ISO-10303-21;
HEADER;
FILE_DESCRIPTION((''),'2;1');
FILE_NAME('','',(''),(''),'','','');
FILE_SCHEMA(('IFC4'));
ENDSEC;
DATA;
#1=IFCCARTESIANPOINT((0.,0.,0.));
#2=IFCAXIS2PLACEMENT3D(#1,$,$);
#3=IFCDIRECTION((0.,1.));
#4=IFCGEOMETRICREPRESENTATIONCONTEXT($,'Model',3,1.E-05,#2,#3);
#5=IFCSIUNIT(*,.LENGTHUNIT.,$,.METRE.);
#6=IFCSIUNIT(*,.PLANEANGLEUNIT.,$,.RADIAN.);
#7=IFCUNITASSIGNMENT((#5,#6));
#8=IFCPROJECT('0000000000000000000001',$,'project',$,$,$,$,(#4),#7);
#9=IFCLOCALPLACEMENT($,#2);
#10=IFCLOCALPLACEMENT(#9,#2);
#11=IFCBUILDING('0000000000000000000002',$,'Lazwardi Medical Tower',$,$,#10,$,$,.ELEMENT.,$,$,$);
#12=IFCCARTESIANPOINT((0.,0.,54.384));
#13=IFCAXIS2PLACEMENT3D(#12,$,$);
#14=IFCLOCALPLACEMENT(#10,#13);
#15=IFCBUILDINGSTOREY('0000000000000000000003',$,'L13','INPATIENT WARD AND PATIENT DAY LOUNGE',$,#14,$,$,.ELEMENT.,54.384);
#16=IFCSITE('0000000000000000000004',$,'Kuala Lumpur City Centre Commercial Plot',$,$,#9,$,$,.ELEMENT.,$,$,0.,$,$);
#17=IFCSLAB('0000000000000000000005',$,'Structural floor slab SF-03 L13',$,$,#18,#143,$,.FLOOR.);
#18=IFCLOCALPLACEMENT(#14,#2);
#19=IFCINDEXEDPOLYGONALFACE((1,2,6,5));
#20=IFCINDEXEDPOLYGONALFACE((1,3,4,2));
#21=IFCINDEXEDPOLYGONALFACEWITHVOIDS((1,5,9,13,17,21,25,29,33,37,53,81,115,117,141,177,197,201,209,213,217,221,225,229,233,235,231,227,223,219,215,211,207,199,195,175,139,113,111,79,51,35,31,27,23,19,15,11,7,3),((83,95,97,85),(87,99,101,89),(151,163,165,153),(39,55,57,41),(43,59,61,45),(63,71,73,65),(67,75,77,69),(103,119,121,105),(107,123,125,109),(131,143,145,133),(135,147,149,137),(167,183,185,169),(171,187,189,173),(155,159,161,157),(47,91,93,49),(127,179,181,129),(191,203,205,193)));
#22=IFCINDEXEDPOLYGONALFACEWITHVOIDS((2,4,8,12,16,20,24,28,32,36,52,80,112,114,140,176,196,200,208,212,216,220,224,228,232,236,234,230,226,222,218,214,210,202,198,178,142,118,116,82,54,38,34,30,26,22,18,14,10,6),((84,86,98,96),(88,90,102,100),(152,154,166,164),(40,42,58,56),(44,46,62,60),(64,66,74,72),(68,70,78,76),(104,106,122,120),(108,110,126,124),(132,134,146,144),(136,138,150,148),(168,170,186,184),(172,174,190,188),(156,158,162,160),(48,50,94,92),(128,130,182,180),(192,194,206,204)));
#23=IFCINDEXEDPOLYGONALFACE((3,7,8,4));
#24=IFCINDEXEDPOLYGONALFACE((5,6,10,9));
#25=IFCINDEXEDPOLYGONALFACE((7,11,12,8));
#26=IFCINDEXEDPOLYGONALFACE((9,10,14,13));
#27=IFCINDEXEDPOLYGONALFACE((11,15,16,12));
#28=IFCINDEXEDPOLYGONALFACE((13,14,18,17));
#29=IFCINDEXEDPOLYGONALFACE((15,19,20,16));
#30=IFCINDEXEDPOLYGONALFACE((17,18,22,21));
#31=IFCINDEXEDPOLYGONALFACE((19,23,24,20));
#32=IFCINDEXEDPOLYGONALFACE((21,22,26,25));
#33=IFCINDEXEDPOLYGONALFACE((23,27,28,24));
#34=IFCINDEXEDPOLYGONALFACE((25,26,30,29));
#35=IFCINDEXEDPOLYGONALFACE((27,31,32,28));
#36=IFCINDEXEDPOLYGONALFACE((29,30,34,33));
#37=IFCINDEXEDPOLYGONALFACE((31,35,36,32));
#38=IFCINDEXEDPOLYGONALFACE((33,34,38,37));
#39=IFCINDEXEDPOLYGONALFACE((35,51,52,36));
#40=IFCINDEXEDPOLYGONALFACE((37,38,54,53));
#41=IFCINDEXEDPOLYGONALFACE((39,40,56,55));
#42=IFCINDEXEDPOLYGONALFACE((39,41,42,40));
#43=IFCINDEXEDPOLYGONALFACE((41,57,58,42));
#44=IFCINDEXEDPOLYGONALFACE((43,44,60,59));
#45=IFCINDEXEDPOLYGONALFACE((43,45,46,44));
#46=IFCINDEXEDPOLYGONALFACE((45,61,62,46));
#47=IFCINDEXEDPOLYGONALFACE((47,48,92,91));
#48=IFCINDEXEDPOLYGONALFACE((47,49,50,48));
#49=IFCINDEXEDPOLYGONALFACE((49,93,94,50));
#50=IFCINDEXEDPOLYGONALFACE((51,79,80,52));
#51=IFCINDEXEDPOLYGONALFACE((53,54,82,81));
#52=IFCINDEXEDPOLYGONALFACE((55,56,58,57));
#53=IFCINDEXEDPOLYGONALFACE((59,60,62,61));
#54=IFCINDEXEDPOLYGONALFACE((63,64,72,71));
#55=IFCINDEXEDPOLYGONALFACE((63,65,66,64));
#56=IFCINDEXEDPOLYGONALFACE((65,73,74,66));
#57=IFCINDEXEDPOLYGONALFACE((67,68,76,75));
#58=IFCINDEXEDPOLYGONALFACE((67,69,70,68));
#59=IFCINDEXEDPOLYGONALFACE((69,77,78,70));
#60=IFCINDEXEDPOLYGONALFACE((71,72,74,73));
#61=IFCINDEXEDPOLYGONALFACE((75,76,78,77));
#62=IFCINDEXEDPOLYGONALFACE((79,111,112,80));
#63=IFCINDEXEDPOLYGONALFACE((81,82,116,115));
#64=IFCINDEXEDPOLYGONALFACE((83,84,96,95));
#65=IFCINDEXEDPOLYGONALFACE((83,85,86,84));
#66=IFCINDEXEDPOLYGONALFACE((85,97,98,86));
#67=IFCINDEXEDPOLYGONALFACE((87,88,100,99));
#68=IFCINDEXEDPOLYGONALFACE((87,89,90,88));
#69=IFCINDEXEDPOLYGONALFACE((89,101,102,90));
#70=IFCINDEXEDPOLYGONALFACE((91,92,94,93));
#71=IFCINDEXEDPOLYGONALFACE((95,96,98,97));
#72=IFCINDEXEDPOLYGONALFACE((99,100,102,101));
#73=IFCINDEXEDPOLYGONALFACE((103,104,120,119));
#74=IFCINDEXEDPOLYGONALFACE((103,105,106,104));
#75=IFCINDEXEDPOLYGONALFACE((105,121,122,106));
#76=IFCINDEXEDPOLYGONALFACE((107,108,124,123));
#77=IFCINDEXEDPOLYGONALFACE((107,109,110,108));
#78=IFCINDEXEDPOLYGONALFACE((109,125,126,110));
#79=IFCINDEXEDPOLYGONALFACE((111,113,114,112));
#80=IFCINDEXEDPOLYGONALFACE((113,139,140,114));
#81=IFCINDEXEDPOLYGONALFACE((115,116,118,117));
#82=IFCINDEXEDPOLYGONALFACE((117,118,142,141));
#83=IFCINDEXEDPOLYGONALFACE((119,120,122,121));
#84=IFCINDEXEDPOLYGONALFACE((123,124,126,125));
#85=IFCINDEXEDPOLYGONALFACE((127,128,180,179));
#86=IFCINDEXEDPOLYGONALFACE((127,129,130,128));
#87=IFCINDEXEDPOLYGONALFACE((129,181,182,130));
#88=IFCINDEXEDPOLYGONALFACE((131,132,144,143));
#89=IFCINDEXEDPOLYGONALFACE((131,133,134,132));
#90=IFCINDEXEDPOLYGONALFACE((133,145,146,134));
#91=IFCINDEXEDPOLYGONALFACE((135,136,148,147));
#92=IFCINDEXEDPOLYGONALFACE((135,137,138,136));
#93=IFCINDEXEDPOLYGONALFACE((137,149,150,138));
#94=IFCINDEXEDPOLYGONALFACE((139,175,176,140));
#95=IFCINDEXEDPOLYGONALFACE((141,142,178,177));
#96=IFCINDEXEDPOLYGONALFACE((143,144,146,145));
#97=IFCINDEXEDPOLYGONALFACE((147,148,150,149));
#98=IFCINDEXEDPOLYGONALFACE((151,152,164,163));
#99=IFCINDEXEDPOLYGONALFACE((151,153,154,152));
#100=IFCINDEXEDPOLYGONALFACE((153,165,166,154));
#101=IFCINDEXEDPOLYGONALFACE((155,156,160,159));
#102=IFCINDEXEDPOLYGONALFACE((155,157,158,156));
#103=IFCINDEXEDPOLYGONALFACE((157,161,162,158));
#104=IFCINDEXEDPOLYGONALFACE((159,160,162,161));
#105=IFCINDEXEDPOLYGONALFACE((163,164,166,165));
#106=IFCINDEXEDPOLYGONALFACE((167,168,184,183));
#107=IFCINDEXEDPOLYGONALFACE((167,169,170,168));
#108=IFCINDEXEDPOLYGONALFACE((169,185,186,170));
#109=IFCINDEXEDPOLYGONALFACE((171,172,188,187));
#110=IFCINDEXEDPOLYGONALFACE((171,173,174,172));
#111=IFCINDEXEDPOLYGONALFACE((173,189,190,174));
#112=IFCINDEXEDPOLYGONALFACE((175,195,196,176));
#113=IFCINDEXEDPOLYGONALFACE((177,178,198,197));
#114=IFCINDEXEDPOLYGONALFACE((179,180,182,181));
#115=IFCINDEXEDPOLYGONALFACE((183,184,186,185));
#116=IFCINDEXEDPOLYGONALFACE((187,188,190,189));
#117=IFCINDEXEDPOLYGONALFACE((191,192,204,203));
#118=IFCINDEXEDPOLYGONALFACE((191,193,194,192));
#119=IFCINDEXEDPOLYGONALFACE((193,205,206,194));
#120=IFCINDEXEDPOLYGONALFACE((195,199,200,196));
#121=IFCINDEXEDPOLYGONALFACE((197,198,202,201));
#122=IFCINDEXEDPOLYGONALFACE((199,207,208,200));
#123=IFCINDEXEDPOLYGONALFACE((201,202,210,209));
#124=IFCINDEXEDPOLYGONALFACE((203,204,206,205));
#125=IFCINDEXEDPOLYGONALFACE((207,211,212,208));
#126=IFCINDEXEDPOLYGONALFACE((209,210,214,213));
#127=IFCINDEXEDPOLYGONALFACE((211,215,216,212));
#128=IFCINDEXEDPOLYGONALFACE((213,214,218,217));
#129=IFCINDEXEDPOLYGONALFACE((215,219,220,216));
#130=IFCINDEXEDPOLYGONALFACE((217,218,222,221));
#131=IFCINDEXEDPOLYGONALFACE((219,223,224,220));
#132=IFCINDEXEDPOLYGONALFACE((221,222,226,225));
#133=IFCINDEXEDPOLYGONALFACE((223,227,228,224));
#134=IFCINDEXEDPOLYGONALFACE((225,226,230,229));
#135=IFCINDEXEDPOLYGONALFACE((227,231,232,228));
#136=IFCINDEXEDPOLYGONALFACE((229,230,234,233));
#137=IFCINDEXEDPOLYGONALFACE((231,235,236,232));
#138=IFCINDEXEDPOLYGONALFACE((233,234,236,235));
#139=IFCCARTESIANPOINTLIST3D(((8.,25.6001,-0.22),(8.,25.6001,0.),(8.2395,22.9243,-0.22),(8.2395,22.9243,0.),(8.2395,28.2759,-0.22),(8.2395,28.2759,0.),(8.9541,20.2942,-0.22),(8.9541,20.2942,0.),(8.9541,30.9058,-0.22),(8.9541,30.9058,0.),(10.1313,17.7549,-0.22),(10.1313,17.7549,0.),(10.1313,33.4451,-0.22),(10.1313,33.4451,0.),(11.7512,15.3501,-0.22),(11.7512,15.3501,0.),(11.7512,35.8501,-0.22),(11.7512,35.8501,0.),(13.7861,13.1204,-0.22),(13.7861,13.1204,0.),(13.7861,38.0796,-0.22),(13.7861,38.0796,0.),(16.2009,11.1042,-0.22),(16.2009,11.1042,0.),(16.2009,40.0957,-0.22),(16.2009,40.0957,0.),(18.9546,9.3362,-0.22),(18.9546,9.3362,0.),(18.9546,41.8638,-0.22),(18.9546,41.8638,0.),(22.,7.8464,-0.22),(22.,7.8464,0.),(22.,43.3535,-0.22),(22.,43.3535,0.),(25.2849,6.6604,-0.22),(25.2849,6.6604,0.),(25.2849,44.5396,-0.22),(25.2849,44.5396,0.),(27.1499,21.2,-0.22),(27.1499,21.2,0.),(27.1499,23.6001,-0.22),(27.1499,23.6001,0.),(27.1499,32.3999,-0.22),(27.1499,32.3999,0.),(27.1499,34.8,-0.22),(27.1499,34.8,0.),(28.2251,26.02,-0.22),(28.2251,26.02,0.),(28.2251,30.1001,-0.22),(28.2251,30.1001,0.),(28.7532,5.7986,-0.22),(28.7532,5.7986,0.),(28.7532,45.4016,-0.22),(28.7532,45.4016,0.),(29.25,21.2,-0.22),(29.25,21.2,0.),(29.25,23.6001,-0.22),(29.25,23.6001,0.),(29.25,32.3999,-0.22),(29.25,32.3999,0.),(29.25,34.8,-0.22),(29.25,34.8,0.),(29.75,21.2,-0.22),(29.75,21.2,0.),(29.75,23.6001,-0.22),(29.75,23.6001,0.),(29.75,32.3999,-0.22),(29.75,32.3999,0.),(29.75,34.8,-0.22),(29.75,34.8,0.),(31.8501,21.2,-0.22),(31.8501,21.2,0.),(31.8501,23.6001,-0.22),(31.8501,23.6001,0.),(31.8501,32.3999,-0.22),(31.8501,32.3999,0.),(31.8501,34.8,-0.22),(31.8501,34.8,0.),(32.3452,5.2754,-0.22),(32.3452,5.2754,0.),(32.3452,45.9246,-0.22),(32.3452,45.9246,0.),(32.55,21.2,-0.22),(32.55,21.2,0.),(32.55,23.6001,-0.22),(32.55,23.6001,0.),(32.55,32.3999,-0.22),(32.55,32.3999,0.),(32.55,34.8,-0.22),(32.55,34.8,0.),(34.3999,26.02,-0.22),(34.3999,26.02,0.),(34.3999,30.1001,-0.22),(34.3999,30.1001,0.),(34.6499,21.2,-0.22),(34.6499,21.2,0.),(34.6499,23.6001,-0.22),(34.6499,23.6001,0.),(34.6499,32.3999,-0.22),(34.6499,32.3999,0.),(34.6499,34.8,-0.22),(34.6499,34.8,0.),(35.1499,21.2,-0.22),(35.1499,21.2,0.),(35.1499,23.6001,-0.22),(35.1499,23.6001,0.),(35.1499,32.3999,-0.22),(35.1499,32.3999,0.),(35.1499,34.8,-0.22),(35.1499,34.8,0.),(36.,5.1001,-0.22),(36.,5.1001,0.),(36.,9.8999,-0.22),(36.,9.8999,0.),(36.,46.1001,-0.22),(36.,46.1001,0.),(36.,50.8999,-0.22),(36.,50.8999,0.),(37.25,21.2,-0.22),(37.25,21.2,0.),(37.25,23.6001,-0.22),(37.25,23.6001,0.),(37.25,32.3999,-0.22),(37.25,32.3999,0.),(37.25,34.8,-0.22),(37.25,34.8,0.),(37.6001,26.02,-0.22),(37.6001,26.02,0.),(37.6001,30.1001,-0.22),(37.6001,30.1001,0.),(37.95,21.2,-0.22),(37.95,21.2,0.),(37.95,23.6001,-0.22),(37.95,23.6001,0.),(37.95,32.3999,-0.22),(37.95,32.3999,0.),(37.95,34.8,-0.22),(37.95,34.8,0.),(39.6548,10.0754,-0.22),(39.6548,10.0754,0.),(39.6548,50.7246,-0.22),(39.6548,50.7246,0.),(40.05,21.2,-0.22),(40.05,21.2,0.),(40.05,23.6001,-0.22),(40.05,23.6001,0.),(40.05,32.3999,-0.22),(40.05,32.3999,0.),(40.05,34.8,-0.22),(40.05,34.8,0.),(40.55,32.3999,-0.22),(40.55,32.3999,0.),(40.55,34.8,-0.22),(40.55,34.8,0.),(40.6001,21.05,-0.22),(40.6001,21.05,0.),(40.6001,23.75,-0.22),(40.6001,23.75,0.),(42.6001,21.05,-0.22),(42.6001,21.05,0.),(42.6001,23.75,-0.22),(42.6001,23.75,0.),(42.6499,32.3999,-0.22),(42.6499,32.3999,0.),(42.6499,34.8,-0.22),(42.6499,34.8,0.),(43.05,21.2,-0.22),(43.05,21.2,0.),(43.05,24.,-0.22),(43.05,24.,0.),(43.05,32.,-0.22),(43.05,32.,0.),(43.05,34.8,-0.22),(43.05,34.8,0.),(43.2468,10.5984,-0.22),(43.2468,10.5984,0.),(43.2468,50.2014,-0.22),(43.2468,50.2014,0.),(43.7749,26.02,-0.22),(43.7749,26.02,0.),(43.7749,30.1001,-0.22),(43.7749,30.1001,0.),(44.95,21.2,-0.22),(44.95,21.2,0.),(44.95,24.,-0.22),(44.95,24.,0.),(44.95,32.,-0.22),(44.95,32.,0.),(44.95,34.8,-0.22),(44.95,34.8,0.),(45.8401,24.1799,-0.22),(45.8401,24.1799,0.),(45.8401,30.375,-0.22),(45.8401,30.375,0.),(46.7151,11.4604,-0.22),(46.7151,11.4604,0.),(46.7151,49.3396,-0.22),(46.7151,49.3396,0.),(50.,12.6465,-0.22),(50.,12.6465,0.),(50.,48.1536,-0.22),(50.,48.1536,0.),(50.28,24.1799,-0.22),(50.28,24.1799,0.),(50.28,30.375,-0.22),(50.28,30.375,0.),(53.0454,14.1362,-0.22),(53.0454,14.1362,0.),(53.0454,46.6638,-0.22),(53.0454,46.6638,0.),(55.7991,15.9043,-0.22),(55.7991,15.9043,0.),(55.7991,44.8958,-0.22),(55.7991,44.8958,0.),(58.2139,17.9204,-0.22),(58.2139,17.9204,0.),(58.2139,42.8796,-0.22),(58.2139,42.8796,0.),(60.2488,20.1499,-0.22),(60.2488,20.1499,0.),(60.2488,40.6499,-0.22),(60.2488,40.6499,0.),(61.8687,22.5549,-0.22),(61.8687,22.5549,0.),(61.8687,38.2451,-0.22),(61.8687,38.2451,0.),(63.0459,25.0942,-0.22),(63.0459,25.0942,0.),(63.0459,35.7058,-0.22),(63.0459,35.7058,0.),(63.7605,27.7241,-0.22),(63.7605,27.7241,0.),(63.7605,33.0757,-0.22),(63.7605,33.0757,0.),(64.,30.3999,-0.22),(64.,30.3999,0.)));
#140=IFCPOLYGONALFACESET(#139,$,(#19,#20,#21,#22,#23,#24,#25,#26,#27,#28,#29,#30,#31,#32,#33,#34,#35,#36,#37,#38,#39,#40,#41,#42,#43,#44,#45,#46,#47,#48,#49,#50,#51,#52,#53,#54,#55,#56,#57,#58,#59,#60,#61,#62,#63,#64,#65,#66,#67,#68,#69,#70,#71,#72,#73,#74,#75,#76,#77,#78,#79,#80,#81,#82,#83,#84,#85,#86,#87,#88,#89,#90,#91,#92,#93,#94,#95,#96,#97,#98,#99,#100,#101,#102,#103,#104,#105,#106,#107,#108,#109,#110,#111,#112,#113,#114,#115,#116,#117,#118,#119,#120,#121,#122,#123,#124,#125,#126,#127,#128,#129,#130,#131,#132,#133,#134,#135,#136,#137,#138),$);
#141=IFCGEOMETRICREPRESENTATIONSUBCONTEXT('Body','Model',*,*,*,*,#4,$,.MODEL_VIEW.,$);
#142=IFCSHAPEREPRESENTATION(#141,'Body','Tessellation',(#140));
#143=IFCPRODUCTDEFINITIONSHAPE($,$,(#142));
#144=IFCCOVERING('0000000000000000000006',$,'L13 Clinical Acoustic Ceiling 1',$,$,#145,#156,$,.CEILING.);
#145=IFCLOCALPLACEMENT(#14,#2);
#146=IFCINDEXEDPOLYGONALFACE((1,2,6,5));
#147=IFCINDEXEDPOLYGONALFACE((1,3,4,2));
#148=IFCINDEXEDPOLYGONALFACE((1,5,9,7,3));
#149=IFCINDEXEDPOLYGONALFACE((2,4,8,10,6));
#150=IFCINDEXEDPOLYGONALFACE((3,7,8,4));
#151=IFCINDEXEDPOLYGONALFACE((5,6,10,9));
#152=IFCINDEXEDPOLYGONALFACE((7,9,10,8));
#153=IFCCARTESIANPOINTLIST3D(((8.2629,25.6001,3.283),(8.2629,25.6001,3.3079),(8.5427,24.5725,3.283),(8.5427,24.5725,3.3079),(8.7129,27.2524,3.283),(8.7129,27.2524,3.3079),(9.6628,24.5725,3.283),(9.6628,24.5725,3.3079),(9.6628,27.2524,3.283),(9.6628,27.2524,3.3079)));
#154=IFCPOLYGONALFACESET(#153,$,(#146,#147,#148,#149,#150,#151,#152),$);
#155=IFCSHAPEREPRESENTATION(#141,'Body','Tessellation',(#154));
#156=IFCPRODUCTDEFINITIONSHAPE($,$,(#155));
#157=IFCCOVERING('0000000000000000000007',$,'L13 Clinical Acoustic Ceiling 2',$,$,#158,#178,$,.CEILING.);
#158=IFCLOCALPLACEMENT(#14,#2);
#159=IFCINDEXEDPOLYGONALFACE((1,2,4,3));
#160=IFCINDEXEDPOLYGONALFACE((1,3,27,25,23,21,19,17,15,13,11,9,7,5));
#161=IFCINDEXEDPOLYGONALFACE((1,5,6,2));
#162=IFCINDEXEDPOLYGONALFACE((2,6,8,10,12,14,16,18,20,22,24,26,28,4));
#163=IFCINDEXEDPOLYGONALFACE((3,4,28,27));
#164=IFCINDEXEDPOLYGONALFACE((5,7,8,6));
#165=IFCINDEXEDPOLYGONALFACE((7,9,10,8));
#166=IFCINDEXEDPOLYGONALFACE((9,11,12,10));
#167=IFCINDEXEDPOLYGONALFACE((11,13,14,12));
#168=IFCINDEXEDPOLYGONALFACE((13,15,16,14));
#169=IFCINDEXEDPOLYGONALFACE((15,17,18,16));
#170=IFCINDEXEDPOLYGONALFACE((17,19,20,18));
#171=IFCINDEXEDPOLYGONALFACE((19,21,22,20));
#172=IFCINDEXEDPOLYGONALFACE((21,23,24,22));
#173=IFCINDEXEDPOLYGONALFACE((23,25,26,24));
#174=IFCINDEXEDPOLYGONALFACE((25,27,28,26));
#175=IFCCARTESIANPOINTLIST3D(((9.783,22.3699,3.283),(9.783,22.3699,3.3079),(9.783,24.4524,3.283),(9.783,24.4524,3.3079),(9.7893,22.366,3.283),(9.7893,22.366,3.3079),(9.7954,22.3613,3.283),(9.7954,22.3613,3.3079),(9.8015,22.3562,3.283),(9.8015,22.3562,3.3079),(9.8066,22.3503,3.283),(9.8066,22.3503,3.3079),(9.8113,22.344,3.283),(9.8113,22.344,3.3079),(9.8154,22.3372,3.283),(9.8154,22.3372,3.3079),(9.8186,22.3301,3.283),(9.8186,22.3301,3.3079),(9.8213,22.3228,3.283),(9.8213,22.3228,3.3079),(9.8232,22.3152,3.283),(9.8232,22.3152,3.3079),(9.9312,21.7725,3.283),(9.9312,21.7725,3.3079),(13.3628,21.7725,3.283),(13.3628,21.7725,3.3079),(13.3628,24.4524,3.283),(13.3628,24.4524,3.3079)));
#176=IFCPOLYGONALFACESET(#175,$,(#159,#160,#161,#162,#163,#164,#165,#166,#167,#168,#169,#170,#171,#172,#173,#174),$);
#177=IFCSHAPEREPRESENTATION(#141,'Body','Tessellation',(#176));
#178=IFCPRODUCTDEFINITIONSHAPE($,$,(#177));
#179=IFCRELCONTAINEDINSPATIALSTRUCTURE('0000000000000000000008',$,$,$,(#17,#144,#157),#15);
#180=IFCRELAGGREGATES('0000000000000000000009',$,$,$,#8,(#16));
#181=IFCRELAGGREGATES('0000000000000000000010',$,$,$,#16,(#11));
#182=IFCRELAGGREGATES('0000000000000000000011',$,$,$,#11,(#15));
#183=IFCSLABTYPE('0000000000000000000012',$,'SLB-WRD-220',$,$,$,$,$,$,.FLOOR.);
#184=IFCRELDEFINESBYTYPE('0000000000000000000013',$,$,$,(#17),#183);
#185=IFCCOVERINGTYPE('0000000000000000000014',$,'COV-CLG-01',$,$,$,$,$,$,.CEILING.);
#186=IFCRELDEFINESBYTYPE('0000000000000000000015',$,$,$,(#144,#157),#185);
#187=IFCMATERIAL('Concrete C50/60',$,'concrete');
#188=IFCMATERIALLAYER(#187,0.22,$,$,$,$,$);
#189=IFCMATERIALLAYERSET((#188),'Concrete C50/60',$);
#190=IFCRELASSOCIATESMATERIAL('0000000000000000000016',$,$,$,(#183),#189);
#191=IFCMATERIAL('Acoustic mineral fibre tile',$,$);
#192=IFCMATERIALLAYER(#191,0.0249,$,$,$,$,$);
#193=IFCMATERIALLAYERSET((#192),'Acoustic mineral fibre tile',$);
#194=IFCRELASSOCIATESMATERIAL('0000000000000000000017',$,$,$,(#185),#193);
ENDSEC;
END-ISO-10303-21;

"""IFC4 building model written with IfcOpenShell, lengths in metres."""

from ifc_helpers import new_model, si_unit, direction, frame, origin, place, context, subcontext, project, spatial, polyline, outline, extrude, material, layer, layer_set, type_object, element, save


model = new_model("IFC4")

# Units and contexts
model_context = context("Model", 3, precision=1e-05, world=origin(), true_north=direction((0.0, 1.0)))
body_context = subcontext(model_context, "Body", "Model", "MODEL_VIEW")
ifc_project = project(units=[si_unit("LENGTHUNIT", "METRE"), si_unit("PLANEANGLEUNIT", "RADIAN")], contexts=[model_context])

# Site, building, storey
site_placement = place(None, origin())
site = spatial("IfcSite", under=ifc_project, at=site_placement, Name="Kuala Lumpur City Centre Commercial Plot", CompositionType="ELEMENT", RefElevation=0.0)
building_placement = place(site_placement, origin())
building = spatial("IfcBuilding", under=site, at=building_placement, Name="Lazwardi Medical Tower", CompositionType="ELEMENT")
storey_placement = place(building_placement, frame((0.0, 0.0, 54.384)))
storey = spatial("IfcBuildingStorey", under=building, at=storey_placement, Name="L13", Description="INPATIENT WARD AND PATIENT DAY LOUNGE", CompositionType="ELEMENT", Elevation=54.384)

# Slab
ifc_material_1 = material(Name="Concrete C50/60", Category="concrete")
ifc_layer_1 = layer(ifc_material_1, 0.22)
ifc_layer_set_1 = layer_set([ifc_layer_1], Name="Concrete C50/60")
slab_type_1 = type_object("IfcSlabType", Name="SLB-WRD-220", PredefinedType="FLOOR", material=ifc_layer_set_1)
slab_1_placement = place(storey_placement, frame((0.0, 0.0, -0.22)))
element("IfcSlab", 1, at=slab_1_placement, inside=storey, type_object=slab_type_1, Name="Structural floor slab SF-03 L13", PredefinedType="FLOOR", context=body_context, shape_type="SweptSolid", body=[
    extrude(outline(polyline([(10.1313, 33.4451), (8.9541, 30.9058), (8.2395, 28.2759), (8.0, 25.6001), (8.2395, 22.9243), (8.9541, 20.2942), (10.1313, 17.7549), (11.7512, 15.3501), (13.7861, 13.1204), (16.2009, 11.1042), (18.9546, 9.3362), (22.0, 7.8464), (25.2849, 6.6604), (28.7532, 5.7986), (32.3452, 5.2754), (36.0, 5.1001), (36.0, 9.8999), (39.6548, 10.0754), (43.2468, 10.5984), (46.7151, 11.4604), (50.0, 12.6465), (53.0454, 14.1362), (55.7991, 15.9043), (58.2139, 17.9204), (60.2488, 20.1499), (61.8687, 22.5549), (63.0459, 25.0942), (63.7605, 27.7241), (64.0, 30.3999), (63.7605, 33.0757), (63.0459, 35.7058), (61.8687, 38.2451), (60.2488, 40.6499), (58.2139, 42.8796), (55.7991, 44.8958), (53.0454, 46.6638), (50.0, 48.1536), (46.7151, 49.3396), (43.2468, 50.2014), (39.6548, 50.7246), (36.0, 50.8999), (36.0, 46.1001), (32.3452, 45.9246), (28.7532, 45.4016), (25.2849, 44.5396), (22.0, 43.3535), (18.9546, 41.8638), (16.2009, 40.0957), (13.7861, 38.0796), (11.7512, 35.8501), (10.1313, 33.4451)]), holes=[polyline([(28.2251, 26.02), (28.2251, 30.1001), (34.3999, 30.1001), (34.3999, 26.02), (28.2251, 26.02)]), polyline([(37.6001, 30.1001), (43.7749, 30.1001), (43.7749, 26.02), (37.6001, 26.02), (37.6001, 30.1001)]), polyline([(50.28, 30.375), (50.28, 24.1799), (45.8401, 24.1799), (45.8401, 30.375), (50.28, 30.375)]), polyline([(29.25, 32.3999), (27.1499, 32.3999), (27.1499, 34.8), (29.25, 34.8), (29.25, 32.3999)]), polyline([(29.75, 32.3999), (29.75, 34.8), (31.8501, 34.8), (31.8501, 32.3999), (29.75, 32.3999)]), polyline([(27.1499, 23.6001), (29.25, 23.6001), (29.25, 21.2), (27.1499, 21.2), (27.1499, 23.6001)]), polyline([(31.8501, 23.6001), (31.8501, 21.2), (29.75, 21.2), (29.75, 23.6001), (31.8501, 23.6001)]), polyline([(34.6499, 32.3999), (32.55, 32.3999), (32.55, 34.8), (34.6499, 34.8), (34.6499, 32.3999)]), polyline([(35.1499, 32.3999), (35.1499, 34.8), (37.25, 34.8), (37.25, 32.3999), (35.1499, 32.3999)]), polyline([(32.55, 23.6001), (34.6499, 23.6001), (34.6499, 21.2), (32.55, 21.2), (32.55, 23.6001)]), polyline([(37.25, 23.6001), (37.25, 21.2), (35.1499, 21.2), (35.1499, 23.6001), (37.25, 23.6001)]), polyline([(40.05, 32.3999), (37.95, 32.3999), (37.95, 34.8), (40.05, 34.8), (40.05, 32.3999)]), polyline([(40.55, 32.3999), (40.55, 34.8), (42.6499, 34.8), (42.6499, 32.3999), (40.55, 32.3999)]), polyline([(37.95, 23.6001), (40.05, 23.6001), (40.05, 21.2), (37.95, 21.2), (37.95, 23.6001)]), polyline([(44.95, 34.8), (44.95, 32.0), (43.05, 32.0), (43.05, 34.8), (44.95, 34.8)]), polyline([(44.95, 21.2), (43.05, 21.2), (43.05, 24.0), (44.95, 24.0), (44.95, 21.2)]), polyline([(40.6001, 21.05), (40.6001, 23.75), (42.6001, 23.75), (42.6001, 21.05), (40.6001, 21.05)])]), origin(), (0.0, 0.0, 1.0), 0.22),
])

# Coverings
ifc_material_2 = material(Name="Acoustic mineral fibre tile")
ifc_layer_2 = layer(ifc_material_2, 0.0249)
ifc_layer_set_2 = layer_set([ifc_layer_2], Name="Acoustic mineral fibre tile")
covering_type_1 = type_object("IfcCoveringType", Name="COV-CLG-01", PredefinedType="CEILING", material=ifc_layer_set_2)
covering_1_placement = place(storey_placement, frame((0.0, 0.0, 3.283)))
element("IfcCovering", 2, at=covering_1_placement, inside=storey, type_object=covering_type_1, Name="L13 Clinical Acoustic Ceiling 1", PredefinedType="CEILING", context=body_context, shape_type="SweptSolid", body=[
    extrude(outline(polyline([(8.7129, 27.2524), (8.2629, 25.6001), (8.5427, 24.5725), (9.6628, 24.5725), (9.6628, 27.2524), (8.7129, 27.2524)])), origin(), (0.0, 0.0, 1.0), 0.0249),
])
covering_2_placement = place(storey_placement, frame((0.0, 0.0, 3.283)))
element("IfcCovering", 3, at=covering_2_placement, inside=storey, type_object=covering_type_1, Name="L13 Clinical Acoustic Ceiling 2", PredefinedType="CEILING", context=body_context, shape_type="SweptSolid", body=[
    extrude(outline(polyline([(9.783, 22.3699), (9.7893, 22.366), (9.7954, 22.3613), (9.8015, 22.3562), (9.8066, 22.3503), (9.8113, 22.344), (9.8154, 22.3372), (9.8186, 22.3301), (9.8213, 22.3228), (9.8232, 22.3152), (9.9312, 21.7725), (13.3628, 21.7725), (13.3628, 24.4524), (9.783, 24.4524), (9.783, 22.3699)])), origin(), (0.0, 0.0, 1.0), 0.0249),
])

save(model, "model.ifc")
